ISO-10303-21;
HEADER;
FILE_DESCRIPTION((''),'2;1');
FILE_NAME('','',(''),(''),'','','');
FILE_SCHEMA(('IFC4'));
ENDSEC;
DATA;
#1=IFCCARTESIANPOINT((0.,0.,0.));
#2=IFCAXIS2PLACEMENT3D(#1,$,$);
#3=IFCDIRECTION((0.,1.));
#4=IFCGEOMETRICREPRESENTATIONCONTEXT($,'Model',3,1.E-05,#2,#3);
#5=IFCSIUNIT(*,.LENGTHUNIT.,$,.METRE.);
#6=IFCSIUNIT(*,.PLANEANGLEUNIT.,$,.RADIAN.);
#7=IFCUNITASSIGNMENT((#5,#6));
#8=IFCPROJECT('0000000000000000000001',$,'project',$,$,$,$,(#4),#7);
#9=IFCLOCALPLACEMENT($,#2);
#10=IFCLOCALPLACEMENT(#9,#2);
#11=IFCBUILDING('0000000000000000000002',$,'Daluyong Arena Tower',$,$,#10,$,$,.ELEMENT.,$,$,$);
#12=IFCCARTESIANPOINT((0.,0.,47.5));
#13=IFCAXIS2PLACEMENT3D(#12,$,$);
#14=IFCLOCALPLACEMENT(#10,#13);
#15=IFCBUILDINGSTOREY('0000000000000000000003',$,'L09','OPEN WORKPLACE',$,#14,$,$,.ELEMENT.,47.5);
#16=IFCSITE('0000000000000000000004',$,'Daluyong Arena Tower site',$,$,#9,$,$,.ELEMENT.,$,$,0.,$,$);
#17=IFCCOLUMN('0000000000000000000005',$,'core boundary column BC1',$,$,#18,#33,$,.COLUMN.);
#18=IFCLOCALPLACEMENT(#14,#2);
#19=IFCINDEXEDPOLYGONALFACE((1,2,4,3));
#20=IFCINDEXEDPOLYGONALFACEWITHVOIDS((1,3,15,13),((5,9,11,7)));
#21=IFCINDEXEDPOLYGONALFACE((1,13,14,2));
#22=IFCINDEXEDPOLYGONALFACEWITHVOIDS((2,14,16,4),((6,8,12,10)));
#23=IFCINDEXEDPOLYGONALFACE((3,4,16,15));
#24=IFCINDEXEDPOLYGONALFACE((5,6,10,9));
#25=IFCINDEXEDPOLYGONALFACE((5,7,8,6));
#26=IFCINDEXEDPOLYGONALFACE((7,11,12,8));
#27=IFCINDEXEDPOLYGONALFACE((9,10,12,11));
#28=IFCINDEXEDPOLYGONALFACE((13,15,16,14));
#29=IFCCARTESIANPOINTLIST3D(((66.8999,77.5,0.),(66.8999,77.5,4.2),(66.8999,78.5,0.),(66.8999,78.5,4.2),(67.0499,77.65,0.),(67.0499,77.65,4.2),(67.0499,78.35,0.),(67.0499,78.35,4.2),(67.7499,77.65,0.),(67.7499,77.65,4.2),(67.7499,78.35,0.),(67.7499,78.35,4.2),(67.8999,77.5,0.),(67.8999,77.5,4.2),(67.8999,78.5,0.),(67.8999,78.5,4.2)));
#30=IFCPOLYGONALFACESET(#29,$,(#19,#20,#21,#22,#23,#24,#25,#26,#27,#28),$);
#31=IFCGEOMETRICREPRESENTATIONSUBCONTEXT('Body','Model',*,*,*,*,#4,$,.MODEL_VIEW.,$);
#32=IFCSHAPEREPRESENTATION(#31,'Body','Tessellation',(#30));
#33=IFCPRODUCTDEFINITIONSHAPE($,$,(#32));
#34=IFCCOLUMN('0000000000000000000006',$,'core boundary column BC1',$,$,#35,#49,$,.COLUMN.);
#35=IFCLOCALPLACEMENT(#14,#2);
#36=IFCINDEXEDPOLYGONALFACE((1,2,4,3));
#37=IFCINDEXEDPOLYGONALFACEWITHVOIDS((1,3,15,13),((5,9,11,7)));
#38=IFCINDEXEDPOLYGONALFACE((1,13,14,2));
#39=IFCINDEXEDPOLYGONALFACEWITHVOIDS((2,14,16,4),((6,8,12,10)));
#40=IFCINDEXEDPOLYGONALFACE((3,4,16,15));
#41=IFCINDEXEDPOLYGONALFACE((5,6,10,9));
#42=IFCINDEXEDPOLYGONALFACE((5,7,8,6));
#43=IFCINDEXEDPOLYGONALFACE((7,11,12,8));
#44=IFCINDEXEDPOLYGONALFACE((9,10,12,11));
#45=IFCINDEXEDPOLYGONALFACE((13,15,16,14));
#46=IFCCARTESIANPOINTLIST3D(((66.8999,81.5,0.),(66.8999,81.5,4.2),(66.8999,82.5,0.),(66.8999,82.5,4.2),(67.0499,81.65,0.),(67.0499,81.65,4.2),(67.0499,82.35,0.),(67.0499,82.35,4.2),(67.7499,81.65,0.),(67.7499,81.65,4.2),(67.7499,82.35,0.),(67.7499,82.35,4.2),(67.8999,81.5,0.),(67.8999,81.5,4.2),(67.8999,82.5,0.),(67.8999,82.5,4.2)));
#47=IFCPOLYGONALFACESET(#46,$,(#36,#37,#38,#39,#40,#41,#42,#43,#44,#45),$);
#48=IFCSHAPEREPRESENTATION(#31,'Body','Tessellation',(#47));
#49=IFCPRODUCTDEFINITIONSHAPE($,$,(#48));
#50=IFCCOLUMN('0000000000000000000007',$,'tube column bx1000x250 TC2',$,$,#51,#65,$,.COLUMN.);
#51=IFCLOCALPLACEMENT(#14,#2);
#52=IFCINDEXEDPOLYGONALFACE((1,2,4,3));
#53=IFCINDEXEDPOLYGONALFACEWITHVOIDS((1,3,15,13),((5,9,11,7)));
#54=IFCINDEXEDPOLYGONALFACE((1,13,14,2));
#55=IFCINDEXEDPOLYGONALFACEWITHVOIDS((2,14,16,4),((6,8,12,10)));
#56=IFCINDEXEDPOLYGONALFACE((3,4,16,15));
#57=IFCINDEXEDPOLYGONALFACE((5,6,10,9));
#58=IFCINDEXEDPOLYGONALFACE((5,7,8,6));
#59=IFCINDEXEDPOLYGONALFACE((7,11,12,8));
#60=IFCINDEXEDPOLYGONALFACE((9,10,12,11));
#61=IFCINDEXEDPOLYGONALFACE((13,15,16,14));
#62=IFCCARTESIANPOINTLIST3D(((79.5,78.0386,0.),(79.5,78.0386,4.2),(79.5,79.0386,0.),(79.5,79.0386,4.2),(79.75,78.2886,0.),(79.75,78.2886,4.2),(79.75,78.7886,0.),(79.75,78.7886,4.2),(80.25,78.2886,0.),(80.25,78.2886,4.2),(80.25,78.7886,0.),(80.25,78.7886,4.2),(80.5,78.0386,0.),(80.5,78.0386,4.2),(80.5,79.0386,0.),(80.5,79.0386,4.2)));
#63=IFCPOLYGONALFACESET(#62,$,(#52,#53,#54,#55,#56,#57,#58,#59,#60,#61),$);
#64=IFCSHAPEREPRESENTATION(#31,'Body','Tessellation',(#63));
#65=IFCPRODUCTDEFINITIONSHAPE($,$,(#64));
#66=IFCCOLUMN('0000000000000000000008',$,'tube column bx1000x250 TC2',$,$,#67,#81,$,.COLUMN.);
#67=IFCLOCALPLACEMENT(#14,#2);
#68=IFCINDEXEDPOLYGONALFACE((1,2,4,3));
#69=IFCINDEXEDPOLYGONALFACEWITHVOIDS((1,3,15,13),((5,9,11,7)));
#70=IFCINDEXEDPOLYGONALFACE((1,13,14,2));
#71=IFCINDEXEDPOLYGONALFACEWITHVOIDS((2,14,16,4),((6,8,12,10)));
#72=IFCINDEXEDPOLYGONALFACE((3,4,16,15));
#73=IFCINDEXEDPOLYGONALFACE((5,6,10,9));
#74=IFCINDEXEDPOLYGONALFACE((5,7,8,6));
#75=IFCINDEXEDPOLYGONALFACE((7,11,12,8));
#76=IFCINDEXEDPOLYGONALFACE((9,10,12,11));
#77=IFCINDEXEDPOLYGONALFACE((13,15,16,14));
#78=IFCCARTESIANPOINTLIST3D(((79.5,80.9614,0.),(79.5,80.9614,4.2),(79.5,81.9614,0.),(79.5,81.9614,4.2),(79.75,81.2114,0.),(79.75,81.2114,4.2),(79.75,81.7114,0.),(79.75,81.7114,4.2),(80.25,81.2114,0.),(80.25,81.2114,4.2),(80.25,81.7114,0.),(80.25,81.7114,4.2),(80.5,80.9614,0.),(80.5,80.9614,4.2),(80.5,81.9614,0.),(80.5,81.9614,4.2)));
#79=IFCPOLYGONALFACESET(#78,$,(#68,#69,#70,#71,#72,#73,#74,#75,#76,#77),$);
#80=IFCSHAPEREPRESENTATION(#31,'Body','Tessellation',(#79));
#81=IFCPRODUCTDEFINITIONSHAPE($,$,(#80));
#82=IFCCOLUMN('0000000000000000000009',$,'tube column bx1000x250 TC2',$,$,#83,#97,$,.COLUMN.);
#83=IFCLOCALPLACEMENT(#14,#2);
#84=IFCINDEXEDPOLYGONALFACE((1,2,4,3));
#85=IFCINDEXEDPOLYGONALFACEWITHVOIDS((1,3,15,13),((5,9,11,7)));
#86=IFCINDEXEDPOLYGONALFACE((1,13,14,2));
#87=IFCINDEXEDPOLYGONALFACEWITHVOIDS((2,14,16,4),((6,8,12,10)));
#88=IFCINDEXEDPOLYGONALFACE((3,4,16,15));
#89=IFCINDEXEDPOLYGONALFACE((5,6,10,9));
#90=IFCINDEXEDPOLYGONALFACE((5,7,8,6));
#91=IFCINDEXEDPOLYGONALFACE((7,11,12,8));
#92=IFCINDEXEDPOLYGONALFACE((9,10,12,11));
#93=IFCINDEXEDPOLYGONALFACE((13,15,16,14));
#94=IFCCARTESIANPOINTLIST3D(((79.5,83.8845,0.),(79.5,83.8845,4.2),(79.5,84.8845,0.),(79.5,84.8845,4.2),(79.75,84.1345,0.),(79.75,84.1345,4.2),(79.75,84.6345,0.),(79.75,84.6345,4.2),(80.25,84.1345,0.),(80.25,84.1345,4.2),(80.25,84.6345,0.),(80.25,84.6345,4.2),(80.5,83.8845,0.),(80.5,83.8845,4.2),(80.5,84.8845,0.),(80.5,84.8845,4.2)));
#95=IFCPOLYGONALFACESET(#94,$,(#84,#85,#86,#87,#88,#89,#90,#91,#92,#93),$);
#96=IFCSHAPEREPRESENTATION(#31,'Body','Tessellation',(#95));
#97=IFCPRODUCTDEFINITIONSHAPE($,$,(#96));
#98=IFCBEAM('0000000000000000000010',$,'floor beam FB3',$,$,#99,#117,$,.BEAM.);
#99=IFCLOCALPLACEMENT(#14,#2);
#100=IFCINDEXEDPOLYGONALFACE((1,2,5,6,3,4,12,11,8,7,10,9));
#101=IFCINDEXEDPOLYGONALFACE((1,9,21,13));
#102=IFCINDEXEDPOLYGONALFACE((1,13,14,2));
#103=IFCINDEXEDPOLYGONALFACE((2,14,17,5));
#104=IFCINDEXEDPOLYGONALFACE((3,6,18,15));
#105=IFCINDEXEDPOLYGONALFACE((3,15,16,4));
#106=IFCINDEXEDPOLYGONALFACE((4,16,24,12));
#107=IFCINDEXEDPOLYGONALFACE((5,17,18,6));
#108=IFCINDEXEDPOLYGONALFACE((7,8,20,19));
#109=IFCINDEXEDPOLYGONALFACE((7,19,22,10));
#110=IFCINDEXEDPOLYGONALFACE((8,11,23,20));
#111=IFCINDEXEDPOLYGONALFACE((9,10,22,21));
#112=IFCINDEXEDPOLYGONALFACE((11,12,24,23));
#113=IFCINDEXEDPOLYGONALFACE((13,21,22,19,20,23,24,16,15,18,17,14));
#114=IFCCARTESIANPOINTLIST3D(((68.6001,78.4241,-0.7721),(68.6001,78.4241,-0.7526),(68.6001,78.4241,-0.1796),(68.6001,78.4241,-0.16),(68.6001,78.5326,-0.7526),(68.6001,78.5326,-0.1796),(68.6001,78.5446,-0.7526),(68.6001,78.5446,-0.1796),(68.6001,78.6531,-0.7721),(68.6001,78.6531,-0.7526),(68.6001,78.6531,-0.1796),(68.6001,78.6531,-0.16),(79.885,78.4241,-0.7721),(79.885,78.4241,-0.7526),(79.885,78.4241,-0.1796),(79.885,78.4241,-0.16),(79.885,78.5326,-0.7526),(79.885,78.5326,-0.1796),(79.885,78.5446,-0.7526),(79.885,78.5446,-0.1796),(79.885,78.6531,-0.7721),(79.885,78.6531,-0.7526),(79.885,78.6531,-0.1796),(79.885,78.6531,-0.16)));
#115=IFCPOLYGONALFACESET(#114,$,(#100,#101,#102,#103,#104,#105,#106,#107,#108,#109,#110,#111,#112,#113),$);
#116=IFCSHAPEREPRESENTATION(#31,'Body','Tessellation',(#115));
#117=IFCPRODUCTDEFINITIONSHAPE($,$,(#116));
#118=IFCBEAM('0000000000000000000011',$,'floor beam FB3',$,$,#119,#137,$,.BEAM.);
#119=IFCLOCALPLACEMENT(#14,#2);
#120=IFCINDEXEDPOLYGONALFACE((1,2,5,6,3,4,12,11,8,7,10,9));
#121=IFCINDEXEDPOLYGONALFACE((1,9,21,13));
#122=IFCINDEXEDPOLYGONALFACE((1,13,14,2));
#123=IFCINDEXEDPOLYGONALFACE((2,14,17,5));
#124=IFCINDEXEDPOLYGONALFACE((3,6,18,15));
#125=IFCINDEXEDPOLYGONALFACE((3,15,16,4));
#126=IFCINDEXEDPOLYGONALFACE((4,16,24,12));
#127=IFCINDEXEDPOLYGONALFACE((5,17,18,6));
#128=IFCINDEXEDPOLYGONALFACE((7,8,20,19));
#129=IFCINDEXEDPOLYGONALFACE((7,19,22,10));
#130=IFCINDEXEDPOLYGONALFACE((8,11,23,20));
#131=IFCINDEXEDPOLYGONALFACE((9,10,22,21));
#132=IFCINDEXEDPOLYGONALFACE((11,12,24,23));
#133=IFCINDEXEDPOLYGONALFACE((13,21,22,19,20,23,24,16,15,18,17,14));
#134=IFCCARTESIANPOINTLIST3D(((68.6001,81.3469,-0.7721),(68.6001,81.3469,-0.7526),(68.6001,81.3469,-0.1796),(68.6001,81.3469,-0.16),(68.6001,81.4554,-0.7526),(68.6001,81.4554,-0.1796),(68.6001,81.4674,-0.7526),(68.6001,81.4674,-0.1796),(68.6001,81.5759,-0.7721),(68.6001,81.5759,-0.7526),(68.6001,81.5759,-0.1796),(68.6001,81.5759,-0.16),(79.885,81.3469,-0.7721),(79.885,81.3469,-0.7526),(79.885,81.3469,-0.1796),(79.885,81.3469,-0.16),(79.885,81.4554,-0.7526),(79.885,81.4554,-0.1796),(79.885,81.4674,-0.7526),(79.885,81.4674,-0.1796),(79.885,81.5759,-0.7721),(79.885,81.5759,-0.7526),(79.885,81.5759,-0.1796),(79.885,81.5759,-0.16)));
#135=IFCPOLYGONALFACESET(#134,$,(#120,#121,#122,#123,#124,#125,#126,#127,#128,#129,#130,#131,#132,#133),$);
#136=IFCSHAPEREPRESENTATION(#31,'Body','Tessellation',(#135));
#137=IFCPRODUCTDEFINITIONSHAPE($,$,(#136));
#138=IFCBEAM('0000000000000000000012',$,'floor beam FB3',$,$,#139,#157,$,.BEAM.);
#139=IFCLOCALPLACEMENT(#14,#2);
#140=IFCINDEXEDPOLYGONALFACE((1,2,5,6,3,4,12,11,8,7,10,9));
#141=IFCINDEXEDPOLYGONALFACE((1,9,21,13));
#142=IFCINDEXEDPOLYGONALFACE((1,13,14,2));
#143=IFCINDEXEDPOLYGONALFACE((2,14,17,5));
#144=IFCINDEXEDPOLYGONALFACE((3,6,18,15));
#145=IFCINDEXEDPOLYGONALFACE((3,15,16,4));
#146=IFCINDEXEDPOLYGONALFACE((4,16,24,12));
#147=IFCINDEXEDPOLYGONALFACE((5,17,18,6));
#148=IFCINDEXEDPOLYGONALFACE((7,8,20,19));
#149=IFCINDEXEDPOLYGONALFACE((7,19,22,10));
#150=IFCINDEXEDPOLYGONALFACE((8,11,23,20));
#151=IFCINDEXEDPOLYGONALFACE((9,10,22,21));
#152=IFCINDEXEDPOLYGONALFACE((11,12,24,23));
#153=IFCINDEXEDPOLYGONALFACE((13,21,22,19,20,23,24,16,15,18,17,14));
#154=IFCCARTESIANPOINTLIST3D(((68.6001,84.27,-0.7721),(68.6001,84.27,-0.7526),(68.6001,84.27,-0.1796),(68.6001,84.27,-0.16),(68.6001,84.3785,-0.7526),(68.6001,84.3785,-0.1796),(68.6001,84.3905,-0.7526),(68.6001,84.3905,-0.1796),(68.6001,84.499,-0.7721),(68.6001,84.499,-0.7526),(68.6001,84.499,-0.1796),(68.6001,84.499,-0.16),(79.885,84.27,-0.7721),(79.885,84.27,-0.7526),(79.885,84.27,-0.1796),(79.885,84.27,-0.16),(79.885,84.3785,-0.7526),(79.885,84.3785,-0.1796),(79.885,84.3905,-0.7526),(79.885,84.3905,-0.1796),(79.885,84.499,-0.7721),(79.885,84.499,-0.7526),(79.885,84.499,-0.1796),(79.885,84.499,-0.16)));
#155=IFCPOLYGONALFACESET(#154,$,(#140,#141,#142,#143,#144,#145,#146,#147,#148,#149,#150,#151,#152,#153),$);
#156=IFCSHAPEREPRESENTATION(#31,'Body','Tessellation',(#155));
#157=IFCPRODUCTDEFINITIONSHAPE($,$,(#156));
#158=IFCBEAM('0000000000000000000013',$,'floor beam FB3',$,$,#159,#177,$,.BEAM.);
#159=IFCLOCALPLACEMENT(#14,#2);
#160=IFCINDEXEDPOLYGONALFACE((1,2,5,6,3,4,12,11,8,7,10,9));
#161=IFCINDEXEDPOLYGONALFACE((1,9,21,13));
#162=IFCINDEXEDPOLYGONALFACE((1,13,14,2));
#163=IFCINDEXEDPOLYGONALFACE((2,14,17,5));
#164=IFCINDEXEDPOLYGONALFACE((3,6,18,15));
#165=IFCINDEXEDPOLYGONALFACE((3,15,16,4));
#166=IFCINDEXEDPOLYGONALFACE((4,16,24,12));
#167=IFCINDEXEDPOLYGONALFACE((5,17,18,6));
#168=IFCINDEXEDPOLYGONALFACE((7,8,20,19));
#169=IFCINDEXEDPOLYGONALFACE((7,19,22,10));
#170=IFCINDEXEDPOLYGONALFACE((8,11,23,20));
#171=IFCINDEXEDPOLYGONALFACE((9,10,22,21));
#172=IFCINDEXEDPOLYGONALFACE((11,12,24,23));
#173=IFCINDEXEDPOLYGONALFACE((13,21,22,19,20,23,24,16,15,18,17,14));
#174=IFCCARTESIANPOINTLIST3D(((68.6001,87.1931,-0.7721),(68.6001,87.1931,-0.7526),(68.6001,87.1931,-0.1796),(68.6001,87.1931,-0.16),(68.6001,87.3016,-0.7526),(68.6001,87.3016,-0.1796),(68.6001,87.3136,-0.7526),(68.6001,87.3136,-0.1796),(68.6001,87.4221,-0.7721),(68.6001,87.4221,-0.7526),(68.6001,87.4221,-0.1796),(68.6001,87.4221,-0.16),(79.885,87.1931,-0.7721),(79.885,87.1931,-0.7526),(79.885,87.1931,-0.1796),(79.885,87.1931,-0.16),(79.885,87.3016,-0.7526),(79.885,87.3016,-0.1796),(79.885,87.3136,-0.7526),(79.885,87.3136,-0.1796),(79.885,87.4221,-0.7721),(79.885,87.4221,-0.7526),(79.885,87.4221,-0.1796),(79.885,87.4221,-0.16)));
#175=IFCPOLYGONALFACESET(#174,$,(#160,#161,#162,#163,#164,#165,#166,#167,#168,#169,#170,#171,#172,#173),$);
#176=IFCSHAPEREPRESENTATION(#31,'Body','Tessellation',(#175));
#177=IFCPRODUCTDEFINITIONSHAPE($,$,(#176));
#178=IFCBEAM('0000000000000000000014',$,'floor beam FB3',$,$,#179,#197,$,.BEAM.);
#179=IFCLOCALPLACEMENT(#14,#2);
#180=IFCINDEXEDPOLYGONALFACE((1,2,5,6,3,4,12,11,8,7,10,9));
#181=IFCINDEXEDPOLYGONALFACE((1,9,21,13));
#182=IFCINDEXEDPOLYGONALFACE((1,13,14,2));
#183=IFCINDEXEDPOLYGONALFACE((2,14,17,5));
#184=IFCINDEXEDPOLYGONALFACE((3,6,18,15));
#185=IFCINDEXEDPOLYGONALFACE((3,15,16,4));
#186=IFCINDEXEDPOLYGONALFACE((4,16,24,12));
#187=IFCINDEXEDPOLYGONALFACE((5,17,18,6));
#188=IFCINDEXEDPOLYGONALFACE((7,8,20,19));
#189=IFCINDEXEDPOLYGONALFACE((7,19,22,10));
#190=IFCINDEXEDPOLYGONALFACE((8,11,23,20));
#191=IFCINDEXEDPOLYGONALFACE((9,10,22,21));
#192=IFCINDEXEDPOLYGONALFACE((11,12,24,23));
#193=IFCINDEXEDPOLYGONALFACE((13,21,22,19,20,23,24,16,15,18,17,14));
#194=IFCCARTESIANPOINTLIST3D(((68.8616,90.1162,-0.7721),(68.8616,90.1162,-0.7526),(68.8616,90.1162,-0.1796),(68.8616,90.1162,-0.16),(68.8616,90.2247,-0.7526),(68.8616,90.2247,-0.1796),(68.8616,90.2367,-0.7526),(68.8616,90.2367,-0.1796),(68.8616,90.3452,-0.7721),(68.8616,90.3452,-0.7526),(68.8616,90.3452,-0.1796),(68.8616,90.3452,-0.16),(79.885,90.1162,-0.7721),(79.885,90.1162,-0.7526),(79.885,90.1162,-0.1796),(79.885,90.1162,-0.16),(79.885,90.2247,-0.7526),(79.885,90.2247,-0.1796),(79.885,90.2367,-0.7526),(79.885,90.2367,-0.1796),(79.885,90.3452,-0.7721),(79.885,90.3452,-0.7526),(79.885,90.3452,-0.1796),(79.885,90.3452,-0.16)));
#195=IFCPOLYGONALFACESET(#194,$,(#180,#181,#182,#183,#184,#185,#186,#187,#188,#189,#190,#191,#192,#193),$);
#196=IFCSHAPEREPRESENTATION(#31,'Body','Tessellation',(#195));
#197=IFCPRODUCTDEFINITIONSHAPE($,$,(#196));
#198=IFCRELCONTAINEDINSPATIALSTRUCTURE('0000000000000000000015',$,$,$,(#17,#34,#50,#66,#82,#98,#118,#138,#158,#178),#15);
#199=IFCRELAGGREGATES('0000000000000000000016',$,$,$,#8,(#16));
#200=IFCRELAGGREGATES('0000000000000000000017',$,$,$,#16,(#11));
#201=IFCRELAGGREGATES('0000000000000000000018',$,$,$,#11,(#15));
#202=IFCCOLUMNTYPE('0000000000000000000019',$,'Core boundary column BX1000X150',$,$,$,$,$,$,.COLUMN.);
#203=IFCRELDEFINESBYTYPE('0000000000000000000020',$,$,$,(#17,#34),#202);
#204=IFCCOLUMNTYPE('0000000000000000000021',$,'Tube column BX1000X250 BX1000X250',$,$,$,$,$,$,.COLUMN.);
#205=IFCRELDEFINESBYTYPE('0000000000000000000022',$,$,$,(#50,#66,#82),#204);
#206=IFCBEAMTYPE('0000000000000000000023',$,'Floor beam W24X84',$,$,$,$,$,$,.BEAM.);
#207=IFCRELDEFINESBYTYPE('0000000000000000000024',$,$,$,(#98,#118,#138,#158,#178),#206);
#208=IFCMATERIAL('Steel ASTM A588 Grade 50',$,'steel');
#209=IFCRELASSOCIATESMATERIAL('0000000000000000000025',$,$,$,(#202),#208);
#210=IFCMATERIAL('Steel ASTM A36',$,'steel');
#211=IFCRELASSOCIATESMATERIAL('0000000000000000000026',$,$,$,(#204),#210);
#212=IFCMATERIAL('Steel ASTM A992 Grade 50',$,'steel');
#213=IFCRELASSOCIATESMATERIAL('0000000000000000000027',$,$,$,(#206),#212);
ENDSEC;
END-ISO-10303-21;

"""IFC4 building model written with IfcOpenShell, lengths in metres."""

from ifc_helpers import new_model, si_unit, direction, frame, origin, origin_2d, place, context, subcontext, project, spatial, hollow_rectangle, i_section, extrude, material, material_profile, profile_set, type_object, element, save


model = new_model("IFC4")

# Units and contexts
model_context = context("Model", 3, precision=1e-05, world=origin(), true_north=direction((0.0, 1.0)))
body_context = subcontext(model_context, "Body", "Model", "MODEL_VIEW")
ifc_project = project(units=[si_unit("LENGTHUNIT", "METRE"), si_unit("PLANEANGLEUNIT", "RADIAN")], contexts=[model_context])

# Site, building, storey
site_placement = place(None, origin())
site = spatial("IfcSite", under=ifc_project, at=site_placement, Name="Daluyong Arena Tower site", CompositionType="ELEMENT", RefElevation=0.0)
building_placement = place(site_placement, origin())
building = spatial("IfcBuilding", under=site, at=building_placement, Name="Daluyong Arena Tower", CompositionType="ELEMENT")
storey_placement = place(building_placement, frame((0.0, 0.0, 47.5)))
storey = spatial("IfcBuildingStorey", under=building, at=storey_placement, Name="L09", Description="OPEN WORKPLACE", CompositionType="ELEMENT", Elevation=47.5)

# Columns
ifc_material_1 = material(Name="Steel ASTM A588 Grade 50", Category="steel")
ifc_material_profile_1 = material_profile(ifc_material_1, hollow_rectangle(XDim=1.0, YDim=1.0, WallThickness=0.15, at=origin_2d()))
ifc_profile_set_1 = profile_set([ifc_material_profile_1], Name="Steel ASTM A588 Grade 50")
column_type_1 = type_object("IfcColumnType", Name="Core boundary column BX1000X150", PredefinedType="COLUMN", material=ifc_profile_set_1)
for number, where, z_axis, x_axis, name in (
    (1, (67.3999, 78.0, 0.0), (0.0, 0.0, 1.0), (1.0, 0.0, 0.0), "core boundary column BC1"),
    (2, (67.3999, 82.0, 0.0), (0.0, 0.0, 1.0), (1.0, 0.0, 0.0), "core boundary column BC1"),
):
    element("IfcColumn", number, at=place(storey_placement, frame(where, z_axis=z_axis, x_axis=x_axis)), inside=storey, type_object=column_type_1, Name=name, PredefinedType="COLUMN", context=body_context, shape_type="SweptSolid", body=[
        extrude(hollow_rectangle(XDim=1.0, YDim=1.0, WallThickness=0.15, at=origin_2d()), origin(), (0.0, 0.0, 1.0), 4.2),
    ])
ifc_material_2 = material(Name="Steel ASTM A36", Category="steel")
ifc_material_profile_2 = material_profile(ifc_material_2, hollow_rectangle(XDim=1.0, YDim=1.0, WallThickness=0.25, at=origin_2d()))
ifc_profile_set_2 = profile_set([ifc_material_profile_2], Name="Steel ASTM A36")
column_type_2 = type_object("IfcColumnType", Name="Tube column BX1000X250 BX1000X250", PredefinedType="COLUMN", material=ifc_profile_set_2)
for number, where, z_axis, x_axis, name in (
    (3, (80.0, 78.5386, 0.0), (0.0, 0.0, 1.0), (0.0, 1.0, 0.0), "tube column bx1000x250 TC2"),
    (4, (80.0, 81.4614, 0.0), (0.0, 0.0, 1.0), (0.0, 1.0, 0.0), "tube column bx1000x250 TC2"),
    (5, (80.0, 84.3845, 0.0), (0.0, 0.0, 1.0), (0.0, 1.0, 0.0), "tube column bx1000x250 TC2"),
):
    element("IfcColumn", number, at=place(storey_placement, frame(where, z_axis=z_axis, x_axis=x_axis)), inside=storey, type_object=column_type_2, Name=name, PredefinedType="COLUMN", context=body_context, shape_type="SweptSolid", body=[
        extrude(hollow_rectangle(XDim=1.0, YDim=1.0, WallThickness=0.25, at=origin_2d()), origin(), (0.0, 0.0, 1.0), 4.2),
    ])

# Beams
ifc_material_3 = material(Name="Steel ASTM A992 Grade 50", Category="steel")
ifc_material_profile_3 = material_profile(ifc_material_3, i_section(OverallWidth=0.229, OverallDepth=0.6121, WebThickness=0.012, FlangeThickness=0.0195, at=origin_2d()))
ifc_profile_set_3 = profile_set([ifc_material_profile_3], Name="Steel ASTM A992 Grade 50")
beam_type_1 = type_object("IfcBeamType", Name="Floor beam W24X84", PredefinedType="BEAM", material=ifc_profile_set_3)
for number, where, z_axis, x_axis, name in (
    (6, (79.885, 78.5386, -0.4661), (-1.0, 0.0, 0.0), (0.0, -1.0, 0.0), "floor beam FB3"),
    (7, (79.885, 81.4614, -0.4661), (-1.0, 0.0, 0.0), (0.0, -1.0, 0.0), "floor beam FB3"),
    (8, (79.885, 84.3845, -0.4661), (-1.0, 0.0, 0.0), (0.0, -1.0, 0.0), "floor beam FB3"),
    (9, (79.885, 87.3076, -0.4661), (-1.0, 0.0, 0.0), (0.0, -1.0, 0.0), "floor beam FB3"),
):
    element("IfcBeam", number, at=place(storey_placement, frame(where, z_axis=z_axis, x_axis=x_axis)), inside=storey, type_object=beam_type_1, Name=name, PredefinedType="BEAM", context=body_context, shape_type="SweptSolid", body=[
        extrude(i_section(OverallWidth=0.229, OverallDepth=0.6121, WebThickness=0.012, FlangeThickness=0.0195, at=origin_2d()), origin(), (0.0, 0.0, 1.0), 11.2849),
    ])
beam_1_placement = place(storey_placement, frame((79.885, 90.2307, -0.4661), z_axis=(-1.0, 0.0, 0.0), x_axis=(0.0, -1.0, 0.0)))
element("IfcBeam", 10, at=beam_1_placement, inside=storey, type_object=beam_type_1, Name="floor beam FB3", PredefinedType="BEAM", context=body_context, shape_type="SweptSolid", body=[
    extrude(i_section(OverallWidth=0.229, OverallDepth=0.6121, WebThickness=0.012, FlangeThickness=0.0195, at=origin_2d()), origin(), (0.0, 0.0, 1.0), 11.0234),
])

save(model, "model.ifc")
